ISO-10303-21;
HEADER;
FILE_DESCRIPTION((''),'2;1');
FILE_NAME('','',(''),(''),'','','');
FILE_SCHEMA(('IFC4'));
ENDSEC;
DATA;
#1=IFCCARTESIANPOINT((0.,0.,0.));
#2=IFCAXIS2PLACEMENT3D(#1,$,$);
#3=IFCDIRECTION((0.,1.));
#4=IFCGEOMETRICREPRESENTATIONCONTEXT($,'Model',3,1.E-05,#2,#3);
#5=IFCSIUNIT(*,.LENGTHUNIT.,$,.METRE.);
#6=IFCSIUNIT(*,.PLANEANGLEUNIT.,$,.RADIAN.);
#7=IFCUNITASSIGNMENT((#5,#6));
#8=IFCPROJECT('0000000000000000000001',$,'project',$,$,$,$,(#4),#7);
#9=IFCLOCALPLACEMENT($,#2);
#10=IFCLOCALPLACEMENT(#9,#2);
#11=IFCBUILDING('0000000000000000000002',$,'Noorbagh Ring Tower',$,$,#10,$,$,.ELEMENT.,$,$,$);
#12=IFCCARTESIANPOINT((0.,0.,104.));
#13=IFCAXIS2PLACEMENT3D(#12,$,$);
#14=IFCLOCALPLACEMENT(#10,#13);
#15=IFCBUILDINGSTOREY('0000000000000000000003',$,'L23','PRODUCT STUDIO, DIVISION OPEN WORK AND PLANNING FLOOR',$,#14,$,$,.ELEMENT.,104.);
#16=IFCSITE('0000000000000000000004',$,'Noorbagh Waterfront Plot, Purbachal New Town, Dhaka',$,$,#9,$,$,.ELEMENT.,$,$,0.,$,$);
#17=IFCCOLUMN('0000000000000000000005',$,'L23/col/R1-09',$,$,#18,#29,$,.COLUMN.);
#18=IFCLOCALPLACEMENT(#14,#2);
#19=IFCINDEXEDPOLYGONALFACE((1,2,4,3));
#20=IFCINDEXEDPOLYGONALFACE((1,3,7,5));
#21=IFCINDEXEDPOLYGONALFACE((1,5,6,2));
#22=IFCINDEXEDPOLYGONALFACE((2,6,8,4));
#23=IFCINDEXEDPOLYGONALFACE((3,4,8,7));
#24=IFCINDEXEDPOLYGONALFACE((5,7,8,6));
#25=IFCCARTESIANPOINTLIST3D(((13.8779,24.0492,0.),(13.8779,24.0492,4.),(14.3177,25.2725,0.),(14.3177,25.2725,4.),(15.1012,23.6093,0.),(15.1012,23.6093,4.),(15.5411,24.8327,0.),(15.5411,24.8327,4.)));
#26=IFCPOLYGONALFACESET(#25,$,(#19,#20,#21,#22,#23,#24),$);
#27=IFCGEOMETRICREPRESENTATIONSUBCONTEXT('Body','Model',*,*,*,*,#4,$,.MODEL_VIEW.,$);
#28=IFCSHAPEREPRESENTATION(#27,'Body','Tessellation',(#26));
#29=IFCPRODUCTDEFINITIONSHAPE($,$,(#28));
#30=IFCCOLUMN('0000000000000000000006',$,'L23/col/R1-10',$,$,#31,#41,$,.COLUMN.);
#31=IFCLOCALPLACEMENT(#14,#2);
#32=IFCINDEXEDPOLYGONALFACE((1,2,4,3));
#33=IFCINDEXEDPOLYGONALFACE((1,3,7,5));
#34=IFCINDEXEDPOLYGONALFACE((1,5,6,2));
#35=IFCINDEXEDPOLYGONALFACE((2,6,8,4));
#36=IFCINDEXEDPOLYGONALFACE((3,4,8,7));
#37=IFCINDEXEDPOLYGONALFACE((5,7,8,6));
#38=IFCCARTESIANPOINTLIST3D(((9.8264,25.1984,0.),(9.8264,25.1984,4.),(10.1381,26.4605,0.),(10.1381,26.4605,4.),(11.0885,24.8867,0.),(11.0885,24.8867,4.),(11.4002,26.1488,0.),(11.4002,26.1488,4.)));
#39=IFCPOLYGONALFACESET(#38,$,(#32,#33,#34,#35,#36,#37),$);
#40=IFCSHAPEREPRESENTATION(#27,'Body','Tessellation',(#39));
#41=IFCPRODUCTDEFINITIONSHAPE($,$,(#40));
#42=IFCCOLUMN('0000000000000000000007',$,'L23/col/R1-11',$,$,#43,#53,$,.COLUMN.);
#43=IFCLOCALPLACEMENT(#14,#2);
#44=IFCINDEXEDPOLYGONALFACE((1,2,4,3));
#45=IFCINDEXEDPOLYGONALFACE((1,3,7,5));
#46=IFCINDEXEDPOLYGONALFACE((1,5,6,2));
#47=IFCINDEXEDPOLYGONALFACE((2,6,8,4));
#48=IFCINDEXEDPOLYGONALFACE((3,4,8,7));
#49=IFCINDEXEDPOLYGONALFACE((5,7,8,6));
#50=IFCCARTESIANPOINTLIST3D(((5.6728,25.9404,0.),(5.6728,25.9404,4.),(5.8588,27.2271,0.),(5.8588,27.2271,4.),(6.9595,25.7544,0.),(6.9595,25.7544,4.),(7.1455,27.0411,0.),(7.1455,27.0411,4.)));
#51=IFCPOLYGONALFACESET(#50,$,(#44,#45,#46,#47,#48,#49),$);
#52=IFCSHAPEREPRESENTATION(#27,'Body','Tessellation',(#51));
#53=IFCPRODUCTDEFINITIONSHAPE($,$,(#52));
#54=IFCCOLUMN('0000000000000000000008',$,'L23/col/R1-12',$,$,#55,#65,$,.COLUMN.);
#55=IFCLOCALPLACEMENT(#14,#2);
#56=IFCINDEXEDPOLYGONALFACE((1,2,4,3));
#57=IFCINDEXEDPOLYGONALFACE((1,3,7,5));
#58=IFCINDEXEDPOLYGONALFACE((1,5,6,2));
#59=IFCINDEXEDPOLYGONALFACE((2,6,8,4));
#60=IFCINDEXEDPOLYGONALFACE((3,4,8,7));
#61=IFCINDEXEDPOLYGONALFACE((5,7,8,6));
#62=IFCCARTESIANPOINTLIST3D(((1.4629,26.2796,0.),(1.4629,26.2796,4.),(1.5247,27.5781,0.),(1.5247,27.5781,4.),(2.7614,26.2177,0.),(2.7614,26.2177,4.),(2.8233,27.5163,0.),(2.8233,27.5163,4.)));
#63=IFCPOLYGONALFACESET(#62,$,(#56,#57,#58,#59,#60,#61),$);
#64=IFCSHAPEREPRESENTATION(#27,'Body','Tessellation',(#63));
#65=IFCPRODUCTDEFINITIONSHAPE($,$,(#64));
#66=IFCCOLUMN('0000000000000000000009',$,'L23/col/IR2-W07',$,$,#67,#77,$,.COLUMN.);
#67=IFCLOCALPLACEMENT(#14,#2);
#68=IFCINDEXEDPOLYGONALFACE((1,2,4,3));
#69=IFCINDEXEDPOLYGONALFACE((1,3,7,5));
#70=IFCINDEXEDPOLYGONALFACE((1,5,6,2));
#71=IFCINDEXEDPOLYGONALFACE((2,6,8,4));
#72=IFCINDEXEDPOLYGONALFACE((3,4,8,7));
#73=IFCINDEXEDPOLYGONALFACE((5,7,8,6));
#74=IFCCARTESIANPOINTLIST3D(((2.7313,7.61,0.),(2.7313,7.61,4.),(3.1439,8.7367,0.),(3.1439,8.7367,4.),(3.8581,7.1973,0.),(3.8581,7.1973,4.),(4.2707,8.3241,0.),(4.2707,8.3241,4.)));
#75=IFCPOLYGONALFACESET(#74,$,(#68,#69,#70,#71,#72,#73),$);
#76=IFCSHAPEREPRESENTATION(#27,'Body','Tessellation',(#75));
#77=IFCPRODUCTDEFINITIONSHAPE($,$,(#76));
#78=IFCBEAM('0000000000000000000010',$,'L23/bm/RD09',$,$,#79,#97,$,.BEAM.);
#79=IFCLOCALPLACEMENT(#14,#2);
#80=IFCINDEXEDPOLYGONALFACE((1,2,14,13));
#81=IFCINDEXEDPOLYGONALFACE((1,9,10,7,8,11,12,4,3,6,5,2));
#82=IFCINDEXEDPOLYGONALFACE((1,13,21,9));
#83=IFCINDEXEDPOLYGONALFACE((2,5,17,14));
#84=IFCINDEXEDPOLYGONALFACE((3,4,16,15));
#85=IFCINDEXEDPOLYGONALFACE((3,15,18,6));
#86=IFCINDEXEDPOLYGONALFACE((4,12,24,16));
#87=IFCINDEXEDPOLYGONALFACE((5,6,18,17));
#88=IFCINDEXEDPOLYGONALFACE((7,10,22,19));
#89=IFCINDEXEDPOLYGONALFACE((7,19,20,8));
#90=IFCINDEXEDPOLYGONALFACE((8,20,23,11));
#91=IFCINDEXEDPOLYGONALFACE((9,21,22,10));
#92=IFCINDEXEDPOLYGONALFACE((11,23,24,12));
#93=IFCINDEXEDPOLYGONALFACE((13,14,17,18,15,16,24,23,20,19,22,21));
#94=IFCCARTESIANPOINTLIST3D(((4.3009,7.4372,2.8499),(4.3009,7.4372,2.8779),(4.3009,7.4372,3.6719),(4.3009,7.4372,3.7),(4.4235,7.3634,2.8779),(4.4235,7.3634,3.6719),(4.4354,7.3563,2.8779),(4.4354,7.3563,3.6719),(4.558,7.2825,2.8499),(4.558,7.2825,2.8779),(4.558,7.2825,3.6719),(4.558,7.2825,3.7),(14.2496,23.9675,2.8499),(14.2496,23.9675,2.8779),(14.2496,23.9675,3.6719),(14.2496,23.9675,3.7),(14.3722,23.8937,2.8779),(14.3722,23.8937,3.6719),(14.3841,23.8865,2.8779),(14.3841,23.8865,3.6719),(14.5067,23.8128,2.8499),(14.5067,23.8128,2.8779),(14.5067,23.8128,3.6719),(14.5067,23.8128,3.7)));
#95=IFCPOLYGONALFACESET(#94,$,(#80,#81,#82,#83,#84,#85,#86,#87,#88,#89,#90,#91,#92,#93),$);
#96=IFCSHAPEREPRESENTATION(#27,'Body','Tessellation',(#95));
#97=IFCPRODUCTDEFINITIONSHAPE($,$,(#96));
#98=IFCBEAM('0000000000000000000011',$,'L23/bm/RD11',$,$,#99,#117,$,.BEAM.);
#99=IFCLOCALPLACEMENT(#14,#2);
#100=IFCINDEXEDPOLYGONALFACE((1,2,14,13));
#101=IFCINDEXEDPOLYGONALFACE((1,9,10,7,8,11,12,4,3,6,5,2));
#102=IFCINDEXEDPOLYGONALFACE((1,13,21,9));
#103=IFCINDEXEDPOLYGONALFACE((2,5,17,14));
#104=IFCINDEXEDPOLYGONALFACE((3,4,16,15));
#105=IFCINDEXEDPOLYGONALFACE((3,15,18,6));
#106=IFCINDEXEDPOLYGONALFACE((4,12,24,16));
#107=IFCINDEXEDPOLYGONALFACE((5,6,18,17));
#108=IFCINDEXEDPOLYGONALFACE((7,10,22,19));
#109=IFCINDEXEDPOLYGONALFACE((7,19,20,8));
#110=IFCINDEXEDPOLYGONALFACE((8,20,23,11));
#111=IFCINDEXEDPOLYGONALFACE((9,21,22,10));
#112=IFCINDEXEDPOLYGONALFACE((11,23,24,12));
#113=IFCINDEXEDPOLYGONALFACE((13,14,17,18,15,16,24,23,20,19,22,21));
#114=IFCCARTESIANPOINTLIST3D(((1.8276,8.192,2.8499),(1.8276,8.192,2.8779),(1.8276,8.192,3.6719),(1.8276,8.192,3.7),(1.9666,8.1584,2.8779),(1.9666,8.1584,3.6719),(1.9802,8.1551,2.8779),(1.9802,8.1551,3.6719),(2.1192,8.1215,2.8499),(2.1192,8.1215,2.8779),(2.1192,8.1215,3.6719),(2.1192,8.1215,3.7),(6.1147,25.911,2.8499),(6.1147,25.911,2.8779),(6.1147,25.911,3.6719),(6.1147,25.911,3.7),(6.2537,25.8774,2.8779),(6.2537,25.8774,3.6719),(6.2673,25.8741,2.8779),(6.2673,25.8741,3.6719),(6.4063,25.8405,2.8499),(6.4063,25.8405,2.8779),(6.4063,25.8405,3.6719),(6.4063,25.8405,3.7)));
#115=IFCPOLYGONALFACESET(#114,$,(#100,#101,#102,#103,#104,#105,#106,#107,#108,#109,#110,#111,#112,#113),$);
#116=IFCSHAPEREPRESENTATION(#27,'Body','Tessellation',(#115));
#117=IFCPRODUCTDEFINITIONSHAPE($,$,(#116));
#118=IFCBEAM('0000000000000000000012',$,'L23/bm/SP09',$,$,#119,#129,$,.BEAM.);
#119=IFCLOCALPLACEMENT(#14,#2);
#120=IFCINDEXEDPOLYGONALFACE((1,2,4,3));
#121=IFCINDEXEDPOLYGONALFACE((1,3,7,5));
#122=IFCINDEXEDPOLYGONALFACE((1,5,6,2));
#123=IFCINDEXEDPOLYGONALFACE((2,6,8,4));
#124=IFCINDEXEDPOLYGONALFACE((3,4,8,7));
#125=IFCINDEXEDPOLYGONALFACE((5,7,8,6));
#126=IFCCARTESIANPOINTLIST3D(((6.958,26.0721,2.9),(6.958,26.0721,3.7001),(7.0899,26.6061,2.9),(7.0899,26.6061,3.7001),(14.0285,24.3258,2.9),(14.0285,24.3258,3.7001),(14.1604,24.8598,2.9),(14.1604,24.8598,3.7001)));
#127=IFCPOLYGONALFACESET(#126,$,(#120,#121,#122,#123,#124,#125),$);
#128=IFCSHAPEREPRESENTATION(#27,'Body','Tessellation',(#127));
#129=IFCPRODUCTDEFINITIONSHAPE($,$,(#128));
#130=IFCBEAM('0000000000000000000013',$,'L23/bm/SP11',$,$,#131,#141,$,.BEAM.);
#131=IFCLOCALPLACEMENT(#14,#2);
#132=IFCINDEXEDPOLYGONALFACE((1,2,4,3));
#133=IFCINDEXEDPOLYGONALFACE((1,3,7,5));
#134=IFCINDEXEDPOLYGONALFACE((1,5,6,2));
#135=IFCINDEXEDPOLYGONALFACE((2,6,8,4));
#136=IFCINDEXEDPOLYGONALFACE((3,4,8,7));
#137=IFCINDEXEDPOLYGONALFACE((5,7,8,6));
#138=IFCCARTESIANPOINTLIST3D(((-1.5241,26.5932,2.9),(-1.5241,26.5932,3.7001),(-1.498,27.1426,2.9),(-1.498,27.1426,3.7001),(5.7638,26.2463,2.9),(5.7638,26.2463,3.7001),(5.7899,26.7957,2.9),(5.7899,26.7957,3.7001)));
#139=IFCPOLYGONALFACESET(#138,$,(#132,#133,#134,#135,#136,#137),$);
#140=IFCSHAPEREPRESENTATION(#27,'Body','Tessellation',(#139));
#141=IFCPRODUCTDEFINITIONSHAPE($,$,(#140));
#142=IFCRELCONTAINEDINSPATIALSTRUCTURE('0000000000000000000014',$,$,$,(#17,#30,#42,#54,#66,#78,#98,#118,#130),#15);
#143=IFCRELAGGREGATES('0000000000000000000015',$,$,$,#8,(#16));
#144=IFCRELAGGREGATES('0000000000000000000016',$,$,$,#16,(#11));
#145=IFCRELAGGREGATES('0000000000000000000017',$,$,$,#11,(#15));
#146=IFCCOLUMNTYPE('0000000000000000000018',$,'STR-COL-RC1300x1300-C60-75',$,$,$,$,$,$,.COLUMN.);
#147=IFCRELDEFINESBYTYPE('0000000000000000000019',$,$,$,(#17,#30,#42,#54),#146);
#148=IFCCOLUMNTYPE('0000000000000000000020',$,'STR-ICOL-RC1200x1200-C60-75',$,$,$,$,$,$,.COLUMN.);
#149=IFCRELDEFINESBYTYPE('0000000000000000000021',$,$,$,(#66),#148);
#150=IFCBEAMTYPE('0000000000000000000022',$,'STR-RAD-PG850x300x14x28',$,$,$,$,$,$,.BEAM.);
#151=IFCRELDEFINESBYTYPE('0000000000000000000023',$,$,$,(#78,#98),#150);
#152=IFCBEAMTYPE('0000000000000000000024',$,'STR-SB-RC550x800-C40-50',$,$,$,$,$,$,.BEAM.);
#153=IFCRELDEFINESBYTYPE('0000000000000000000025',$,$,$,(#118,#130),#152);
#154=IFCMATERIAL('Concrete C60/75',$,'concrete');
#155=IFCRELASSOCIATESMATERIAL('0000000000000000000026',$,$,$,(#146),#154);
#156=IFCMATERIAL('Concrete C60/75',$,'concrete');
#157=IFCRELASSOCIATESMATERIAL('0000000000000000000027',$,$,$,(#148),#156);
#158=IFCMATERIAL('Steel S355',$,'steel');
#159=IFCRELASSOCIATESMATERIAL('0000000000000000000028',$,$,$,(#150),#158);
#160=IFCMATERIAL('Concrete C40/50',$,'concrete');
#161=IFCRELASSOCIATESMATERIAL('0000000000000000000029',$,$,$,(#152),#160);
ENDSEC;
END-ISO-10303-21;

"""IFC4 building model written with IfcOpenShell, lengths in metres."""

from ifc_helpers import new_model, si_unit, direction, frame, origin, origin_2d, place, context, subcontext, project, spatial, rectangle, i_section, extrude, material, material_profile, profile_set, type_object, element, save


model = new_model("IFC4")

# Units and contexts
model_context = context("Model", 3, precision=1e-05, world=origin(), true_north=direction((0.0, 1.0)))
body_context = subcontext(model_context, "Body", "Model", "MODEL_VIEW")
ifc_project = project(units=[si_unit("LENGTHUNIT", "METRE"), si_unit("PLANEANGLEUNIT", "RADIAN")], contexts=[model_context])

# Site, building, storey
site_placement = place(None, origin())
site = spatial("IfcSite", under=ifc_project, at=site_placement, Name="Noorbagh Waterfront Plot, Purbachal New Town, Dhaka", CompositionType="ELEMENT", RefElevation=0.0)
building_placement = place(site_placement, origin())
building = spatial("IfcBuilding", under=site, at=building_placement, Name="Noorbagh Ring Tower", CompositionType="ELEMENT")
storey_placement = place(building_placement, frame((0.0, 0.0, 104.0)))
storey = spatial("IfcBuildingStorey", under=building, at=storey_placement, Name="L23", Description="PRODUCT STUDIO, DIVISION OPEN WORK AND PLANNING FLOOR", CompositionType="ELEMENT", Elevation=104.0)

# Columns
ifc_material_1 = material(Name="Concrete C60/75", Category="concrete")
ifc_material_profile_1 = material_profile(ifc_material_1, rectangle(XDim=1.3, YDim=1.3, at=origin_2d()), Name="RC1300x1300")
ifc_profile_set_1 = profile_set([ifc_material_profile_1], Name="Concrete C60/75")
column_type_1 = type_object("IfcColumnType", Name="STR-COL-RC1300x1300-C60-75", PredefinedType="COLUMN", material=ifc_profile_set_1)
for number, where, z_axis, x_axis, name in (
    (1, (14.7095, 24.4409, 0.0), (0.0, 0.0, 1.0), (-0.941025, 0.338338, 0.0), "L23/col/R1-09"),
    (2, (10.6133, 25.6736, 0.0), (0.0, 0.0, 1.0), (-0.970829, 0.239771, 0.0), "L23/col/R1-10"),
    (3, (6.4092, 26.4907, 0.0), (0.0, 0.0, 1.0), (-0.989713, 0.143066, 0.0), "L23/col/R1-11"),
    (4, (2.1431, 26.8979, 0.0), (0.0, 0.0, 1.0), (-0.998869, 0.047553, 0.0), "L23/col/R1-12"),
):
    element("IfcColumn", number, at=place(storey_placement, frame(where, z_axis=z_axis, x_axis=x_axis)), inside=storey, type_object=column_type_1, Name=name, PredefinedType="COLUMN", context=body_context, shape_type="SweptSolid", body=[
        extrude(rectangle(XDim=1.3, YDim=1.3, at=origin_2d()), origin(), (0.0, 0.0, 1.0), 4.0),
    ])
ifc_material_2 = material(Name="Concrete C60/75", Category="concrete")
ifc_material_profile_2 = material_profile(ifc_material_2, rectangle(XDim=1.2, YDim=1.2, at=origin_2d()), Name="RC1200x1200")
ifc_profile_set_2 = profile_set([ifc_material_profile_2], Name="Concrete C60/75")
column_type_2 = type_object("IfcColumnType", Name="STR-ICOL-RC1200x1200-C60-75", PredefinedType="COLUMN", material=ifc_profile_set_2)
column_placement = place(storey_placement, frame((3.501, 7.967, 0.0), z_axis=(0.0, 0.0, 1.0), x_axis=(-0.93902, 0.343864, 0.0)))
element("IfcColumn", 5, at=column_placement, inside=storey, type_object=column_type_2, Name="L23/col/IR2-W07", PredefinedType="COLUMN", context=body_context, shape_type="SweptSolid", body=[
    extrude(rectangle(XDim=1.2, YDim=1.2, at=origin_2d()), origin(), (0.0, 0.0, 1.0), 4.0),
])

# Beams
ifc_material_3 = material(Name="Steel S355", Category="steel")
ifc_material_profile_3 = material_profile(ifc_material_3, i_section(OverallWidth=0.3, OverallDepth=0.8501, WebThickness=0.0139, FlangeThickness=0.0281, at=origin_2d()), Name="PG850x300x14x28")
ifc_profile_set_3 = profile_set([ifc_material_profile_3], Name="Steel S355")
beam_type_1 = type_object("IfcBeamType", Name="STR-RAD-PG850x300x14x28", PredefinedType="BEAM", material=ifc_profile_set_3)
beam_1_placement = place(storey_placement, frame((14.3782, 23.8901, 3.2749), z_axis=(-0.51566, -0.856793, 0.0), x_axis=(0.856793, -0.51566, 0.0)))
element("IfcBeam", 6, at=beam_1_placement, inside=storey, type_object=beam_type_1, Name="L23/bm/RD09", PredefinedType="BEAM", context=body_context, shape_type="SweptSolid", body=[
    extrude(i_section(OverallWidth=0.3, OverallDepth=0.8501, WebThickness=0.0139, FlangeThickness=0.0281, at=origin_2d()), origin(), (0.0, 0.0, 1.0), 19.2932),
])
beam_2_placement = place(storey_placement, frame((6.2605, 25.8757, 3.2749), z_axis=(-0.235165, -0.971956, 0.0), x_axis=(0.971956, -0.235165, 0.0)))
element("IfcBeam", 7, at=beam_2_placement, inside=storey, type_object=beam_type_1, Name="L23/bm/RD11", PredefinedType="BEAM", context=body_context, shape_type="SweptSolid", body=[
    extrude(i_section(OverallWidth=0.3, OverallDepth=0.8501, WebThickness=0.0139, FlangeThickness=0.0281, at=origin_2d()), origin(), (0.0, 0.0, 1.0), 18.2302),
])
ifc_material_4 = material(Name="Concrete C40/50", Category="concrete")
ifc_material_profile_4 = material_profile(ifc_material_4, rectangle(XDim=0.55, YDim=0.8, at=origin_2d()), Name="RC550x800")
ifc_profile_set_4 = profile_set([ifc_material_profile_4], Name="Concrete C40/50")
beam_type_2 = type_object("IfcBeamType", Name="STR-SB-RC550x800-C40-50", PredefinedType="BEAM", material=ifc_profile_set_4)
beam_3_placement = place(storey_placement, frame((14.0945, 24.5928, 3.3), z_axis=(-0.970827, 0.239782, 0.0), x_axis=(-0.239782, -0.970827, 0.0)))
element("IfcBeam", 8, at=beam_3_placement, inside=storey, type_object=beam_type_2, Name="L23/bm/SP09", PredefinedType="BEAM", context=body_context, shape_type="SweptSolid", body=[
    extrude(rectangle(XDim=0.55, YDim=0.8, at=origin_2d()), origin(), (0.0, 0.0, 1.0), 7.283),
])
beam_4_placement = place(storey_placement, frame((5.7769, 26.521, 3.3), z_axis=(-0.998869, 0.047549, 0.0), x_axis=(-0.047549, -0.998869, 0.0)))
element("IfcBeam", 9, at=beam_4_placement, inside=storey, type_object=beam_type_2, Name="L23/bm/SP11", PredefinedType="BEAM", context=body_context, shape_type="SweptSolid", body=[
    extrude(rectangle(XDim=0.55, YDim=0.8, at=origin_2d()), origin(), (0.0, 0.0, 1.0), 7.2961),
])

save(model, "model.ifc")
